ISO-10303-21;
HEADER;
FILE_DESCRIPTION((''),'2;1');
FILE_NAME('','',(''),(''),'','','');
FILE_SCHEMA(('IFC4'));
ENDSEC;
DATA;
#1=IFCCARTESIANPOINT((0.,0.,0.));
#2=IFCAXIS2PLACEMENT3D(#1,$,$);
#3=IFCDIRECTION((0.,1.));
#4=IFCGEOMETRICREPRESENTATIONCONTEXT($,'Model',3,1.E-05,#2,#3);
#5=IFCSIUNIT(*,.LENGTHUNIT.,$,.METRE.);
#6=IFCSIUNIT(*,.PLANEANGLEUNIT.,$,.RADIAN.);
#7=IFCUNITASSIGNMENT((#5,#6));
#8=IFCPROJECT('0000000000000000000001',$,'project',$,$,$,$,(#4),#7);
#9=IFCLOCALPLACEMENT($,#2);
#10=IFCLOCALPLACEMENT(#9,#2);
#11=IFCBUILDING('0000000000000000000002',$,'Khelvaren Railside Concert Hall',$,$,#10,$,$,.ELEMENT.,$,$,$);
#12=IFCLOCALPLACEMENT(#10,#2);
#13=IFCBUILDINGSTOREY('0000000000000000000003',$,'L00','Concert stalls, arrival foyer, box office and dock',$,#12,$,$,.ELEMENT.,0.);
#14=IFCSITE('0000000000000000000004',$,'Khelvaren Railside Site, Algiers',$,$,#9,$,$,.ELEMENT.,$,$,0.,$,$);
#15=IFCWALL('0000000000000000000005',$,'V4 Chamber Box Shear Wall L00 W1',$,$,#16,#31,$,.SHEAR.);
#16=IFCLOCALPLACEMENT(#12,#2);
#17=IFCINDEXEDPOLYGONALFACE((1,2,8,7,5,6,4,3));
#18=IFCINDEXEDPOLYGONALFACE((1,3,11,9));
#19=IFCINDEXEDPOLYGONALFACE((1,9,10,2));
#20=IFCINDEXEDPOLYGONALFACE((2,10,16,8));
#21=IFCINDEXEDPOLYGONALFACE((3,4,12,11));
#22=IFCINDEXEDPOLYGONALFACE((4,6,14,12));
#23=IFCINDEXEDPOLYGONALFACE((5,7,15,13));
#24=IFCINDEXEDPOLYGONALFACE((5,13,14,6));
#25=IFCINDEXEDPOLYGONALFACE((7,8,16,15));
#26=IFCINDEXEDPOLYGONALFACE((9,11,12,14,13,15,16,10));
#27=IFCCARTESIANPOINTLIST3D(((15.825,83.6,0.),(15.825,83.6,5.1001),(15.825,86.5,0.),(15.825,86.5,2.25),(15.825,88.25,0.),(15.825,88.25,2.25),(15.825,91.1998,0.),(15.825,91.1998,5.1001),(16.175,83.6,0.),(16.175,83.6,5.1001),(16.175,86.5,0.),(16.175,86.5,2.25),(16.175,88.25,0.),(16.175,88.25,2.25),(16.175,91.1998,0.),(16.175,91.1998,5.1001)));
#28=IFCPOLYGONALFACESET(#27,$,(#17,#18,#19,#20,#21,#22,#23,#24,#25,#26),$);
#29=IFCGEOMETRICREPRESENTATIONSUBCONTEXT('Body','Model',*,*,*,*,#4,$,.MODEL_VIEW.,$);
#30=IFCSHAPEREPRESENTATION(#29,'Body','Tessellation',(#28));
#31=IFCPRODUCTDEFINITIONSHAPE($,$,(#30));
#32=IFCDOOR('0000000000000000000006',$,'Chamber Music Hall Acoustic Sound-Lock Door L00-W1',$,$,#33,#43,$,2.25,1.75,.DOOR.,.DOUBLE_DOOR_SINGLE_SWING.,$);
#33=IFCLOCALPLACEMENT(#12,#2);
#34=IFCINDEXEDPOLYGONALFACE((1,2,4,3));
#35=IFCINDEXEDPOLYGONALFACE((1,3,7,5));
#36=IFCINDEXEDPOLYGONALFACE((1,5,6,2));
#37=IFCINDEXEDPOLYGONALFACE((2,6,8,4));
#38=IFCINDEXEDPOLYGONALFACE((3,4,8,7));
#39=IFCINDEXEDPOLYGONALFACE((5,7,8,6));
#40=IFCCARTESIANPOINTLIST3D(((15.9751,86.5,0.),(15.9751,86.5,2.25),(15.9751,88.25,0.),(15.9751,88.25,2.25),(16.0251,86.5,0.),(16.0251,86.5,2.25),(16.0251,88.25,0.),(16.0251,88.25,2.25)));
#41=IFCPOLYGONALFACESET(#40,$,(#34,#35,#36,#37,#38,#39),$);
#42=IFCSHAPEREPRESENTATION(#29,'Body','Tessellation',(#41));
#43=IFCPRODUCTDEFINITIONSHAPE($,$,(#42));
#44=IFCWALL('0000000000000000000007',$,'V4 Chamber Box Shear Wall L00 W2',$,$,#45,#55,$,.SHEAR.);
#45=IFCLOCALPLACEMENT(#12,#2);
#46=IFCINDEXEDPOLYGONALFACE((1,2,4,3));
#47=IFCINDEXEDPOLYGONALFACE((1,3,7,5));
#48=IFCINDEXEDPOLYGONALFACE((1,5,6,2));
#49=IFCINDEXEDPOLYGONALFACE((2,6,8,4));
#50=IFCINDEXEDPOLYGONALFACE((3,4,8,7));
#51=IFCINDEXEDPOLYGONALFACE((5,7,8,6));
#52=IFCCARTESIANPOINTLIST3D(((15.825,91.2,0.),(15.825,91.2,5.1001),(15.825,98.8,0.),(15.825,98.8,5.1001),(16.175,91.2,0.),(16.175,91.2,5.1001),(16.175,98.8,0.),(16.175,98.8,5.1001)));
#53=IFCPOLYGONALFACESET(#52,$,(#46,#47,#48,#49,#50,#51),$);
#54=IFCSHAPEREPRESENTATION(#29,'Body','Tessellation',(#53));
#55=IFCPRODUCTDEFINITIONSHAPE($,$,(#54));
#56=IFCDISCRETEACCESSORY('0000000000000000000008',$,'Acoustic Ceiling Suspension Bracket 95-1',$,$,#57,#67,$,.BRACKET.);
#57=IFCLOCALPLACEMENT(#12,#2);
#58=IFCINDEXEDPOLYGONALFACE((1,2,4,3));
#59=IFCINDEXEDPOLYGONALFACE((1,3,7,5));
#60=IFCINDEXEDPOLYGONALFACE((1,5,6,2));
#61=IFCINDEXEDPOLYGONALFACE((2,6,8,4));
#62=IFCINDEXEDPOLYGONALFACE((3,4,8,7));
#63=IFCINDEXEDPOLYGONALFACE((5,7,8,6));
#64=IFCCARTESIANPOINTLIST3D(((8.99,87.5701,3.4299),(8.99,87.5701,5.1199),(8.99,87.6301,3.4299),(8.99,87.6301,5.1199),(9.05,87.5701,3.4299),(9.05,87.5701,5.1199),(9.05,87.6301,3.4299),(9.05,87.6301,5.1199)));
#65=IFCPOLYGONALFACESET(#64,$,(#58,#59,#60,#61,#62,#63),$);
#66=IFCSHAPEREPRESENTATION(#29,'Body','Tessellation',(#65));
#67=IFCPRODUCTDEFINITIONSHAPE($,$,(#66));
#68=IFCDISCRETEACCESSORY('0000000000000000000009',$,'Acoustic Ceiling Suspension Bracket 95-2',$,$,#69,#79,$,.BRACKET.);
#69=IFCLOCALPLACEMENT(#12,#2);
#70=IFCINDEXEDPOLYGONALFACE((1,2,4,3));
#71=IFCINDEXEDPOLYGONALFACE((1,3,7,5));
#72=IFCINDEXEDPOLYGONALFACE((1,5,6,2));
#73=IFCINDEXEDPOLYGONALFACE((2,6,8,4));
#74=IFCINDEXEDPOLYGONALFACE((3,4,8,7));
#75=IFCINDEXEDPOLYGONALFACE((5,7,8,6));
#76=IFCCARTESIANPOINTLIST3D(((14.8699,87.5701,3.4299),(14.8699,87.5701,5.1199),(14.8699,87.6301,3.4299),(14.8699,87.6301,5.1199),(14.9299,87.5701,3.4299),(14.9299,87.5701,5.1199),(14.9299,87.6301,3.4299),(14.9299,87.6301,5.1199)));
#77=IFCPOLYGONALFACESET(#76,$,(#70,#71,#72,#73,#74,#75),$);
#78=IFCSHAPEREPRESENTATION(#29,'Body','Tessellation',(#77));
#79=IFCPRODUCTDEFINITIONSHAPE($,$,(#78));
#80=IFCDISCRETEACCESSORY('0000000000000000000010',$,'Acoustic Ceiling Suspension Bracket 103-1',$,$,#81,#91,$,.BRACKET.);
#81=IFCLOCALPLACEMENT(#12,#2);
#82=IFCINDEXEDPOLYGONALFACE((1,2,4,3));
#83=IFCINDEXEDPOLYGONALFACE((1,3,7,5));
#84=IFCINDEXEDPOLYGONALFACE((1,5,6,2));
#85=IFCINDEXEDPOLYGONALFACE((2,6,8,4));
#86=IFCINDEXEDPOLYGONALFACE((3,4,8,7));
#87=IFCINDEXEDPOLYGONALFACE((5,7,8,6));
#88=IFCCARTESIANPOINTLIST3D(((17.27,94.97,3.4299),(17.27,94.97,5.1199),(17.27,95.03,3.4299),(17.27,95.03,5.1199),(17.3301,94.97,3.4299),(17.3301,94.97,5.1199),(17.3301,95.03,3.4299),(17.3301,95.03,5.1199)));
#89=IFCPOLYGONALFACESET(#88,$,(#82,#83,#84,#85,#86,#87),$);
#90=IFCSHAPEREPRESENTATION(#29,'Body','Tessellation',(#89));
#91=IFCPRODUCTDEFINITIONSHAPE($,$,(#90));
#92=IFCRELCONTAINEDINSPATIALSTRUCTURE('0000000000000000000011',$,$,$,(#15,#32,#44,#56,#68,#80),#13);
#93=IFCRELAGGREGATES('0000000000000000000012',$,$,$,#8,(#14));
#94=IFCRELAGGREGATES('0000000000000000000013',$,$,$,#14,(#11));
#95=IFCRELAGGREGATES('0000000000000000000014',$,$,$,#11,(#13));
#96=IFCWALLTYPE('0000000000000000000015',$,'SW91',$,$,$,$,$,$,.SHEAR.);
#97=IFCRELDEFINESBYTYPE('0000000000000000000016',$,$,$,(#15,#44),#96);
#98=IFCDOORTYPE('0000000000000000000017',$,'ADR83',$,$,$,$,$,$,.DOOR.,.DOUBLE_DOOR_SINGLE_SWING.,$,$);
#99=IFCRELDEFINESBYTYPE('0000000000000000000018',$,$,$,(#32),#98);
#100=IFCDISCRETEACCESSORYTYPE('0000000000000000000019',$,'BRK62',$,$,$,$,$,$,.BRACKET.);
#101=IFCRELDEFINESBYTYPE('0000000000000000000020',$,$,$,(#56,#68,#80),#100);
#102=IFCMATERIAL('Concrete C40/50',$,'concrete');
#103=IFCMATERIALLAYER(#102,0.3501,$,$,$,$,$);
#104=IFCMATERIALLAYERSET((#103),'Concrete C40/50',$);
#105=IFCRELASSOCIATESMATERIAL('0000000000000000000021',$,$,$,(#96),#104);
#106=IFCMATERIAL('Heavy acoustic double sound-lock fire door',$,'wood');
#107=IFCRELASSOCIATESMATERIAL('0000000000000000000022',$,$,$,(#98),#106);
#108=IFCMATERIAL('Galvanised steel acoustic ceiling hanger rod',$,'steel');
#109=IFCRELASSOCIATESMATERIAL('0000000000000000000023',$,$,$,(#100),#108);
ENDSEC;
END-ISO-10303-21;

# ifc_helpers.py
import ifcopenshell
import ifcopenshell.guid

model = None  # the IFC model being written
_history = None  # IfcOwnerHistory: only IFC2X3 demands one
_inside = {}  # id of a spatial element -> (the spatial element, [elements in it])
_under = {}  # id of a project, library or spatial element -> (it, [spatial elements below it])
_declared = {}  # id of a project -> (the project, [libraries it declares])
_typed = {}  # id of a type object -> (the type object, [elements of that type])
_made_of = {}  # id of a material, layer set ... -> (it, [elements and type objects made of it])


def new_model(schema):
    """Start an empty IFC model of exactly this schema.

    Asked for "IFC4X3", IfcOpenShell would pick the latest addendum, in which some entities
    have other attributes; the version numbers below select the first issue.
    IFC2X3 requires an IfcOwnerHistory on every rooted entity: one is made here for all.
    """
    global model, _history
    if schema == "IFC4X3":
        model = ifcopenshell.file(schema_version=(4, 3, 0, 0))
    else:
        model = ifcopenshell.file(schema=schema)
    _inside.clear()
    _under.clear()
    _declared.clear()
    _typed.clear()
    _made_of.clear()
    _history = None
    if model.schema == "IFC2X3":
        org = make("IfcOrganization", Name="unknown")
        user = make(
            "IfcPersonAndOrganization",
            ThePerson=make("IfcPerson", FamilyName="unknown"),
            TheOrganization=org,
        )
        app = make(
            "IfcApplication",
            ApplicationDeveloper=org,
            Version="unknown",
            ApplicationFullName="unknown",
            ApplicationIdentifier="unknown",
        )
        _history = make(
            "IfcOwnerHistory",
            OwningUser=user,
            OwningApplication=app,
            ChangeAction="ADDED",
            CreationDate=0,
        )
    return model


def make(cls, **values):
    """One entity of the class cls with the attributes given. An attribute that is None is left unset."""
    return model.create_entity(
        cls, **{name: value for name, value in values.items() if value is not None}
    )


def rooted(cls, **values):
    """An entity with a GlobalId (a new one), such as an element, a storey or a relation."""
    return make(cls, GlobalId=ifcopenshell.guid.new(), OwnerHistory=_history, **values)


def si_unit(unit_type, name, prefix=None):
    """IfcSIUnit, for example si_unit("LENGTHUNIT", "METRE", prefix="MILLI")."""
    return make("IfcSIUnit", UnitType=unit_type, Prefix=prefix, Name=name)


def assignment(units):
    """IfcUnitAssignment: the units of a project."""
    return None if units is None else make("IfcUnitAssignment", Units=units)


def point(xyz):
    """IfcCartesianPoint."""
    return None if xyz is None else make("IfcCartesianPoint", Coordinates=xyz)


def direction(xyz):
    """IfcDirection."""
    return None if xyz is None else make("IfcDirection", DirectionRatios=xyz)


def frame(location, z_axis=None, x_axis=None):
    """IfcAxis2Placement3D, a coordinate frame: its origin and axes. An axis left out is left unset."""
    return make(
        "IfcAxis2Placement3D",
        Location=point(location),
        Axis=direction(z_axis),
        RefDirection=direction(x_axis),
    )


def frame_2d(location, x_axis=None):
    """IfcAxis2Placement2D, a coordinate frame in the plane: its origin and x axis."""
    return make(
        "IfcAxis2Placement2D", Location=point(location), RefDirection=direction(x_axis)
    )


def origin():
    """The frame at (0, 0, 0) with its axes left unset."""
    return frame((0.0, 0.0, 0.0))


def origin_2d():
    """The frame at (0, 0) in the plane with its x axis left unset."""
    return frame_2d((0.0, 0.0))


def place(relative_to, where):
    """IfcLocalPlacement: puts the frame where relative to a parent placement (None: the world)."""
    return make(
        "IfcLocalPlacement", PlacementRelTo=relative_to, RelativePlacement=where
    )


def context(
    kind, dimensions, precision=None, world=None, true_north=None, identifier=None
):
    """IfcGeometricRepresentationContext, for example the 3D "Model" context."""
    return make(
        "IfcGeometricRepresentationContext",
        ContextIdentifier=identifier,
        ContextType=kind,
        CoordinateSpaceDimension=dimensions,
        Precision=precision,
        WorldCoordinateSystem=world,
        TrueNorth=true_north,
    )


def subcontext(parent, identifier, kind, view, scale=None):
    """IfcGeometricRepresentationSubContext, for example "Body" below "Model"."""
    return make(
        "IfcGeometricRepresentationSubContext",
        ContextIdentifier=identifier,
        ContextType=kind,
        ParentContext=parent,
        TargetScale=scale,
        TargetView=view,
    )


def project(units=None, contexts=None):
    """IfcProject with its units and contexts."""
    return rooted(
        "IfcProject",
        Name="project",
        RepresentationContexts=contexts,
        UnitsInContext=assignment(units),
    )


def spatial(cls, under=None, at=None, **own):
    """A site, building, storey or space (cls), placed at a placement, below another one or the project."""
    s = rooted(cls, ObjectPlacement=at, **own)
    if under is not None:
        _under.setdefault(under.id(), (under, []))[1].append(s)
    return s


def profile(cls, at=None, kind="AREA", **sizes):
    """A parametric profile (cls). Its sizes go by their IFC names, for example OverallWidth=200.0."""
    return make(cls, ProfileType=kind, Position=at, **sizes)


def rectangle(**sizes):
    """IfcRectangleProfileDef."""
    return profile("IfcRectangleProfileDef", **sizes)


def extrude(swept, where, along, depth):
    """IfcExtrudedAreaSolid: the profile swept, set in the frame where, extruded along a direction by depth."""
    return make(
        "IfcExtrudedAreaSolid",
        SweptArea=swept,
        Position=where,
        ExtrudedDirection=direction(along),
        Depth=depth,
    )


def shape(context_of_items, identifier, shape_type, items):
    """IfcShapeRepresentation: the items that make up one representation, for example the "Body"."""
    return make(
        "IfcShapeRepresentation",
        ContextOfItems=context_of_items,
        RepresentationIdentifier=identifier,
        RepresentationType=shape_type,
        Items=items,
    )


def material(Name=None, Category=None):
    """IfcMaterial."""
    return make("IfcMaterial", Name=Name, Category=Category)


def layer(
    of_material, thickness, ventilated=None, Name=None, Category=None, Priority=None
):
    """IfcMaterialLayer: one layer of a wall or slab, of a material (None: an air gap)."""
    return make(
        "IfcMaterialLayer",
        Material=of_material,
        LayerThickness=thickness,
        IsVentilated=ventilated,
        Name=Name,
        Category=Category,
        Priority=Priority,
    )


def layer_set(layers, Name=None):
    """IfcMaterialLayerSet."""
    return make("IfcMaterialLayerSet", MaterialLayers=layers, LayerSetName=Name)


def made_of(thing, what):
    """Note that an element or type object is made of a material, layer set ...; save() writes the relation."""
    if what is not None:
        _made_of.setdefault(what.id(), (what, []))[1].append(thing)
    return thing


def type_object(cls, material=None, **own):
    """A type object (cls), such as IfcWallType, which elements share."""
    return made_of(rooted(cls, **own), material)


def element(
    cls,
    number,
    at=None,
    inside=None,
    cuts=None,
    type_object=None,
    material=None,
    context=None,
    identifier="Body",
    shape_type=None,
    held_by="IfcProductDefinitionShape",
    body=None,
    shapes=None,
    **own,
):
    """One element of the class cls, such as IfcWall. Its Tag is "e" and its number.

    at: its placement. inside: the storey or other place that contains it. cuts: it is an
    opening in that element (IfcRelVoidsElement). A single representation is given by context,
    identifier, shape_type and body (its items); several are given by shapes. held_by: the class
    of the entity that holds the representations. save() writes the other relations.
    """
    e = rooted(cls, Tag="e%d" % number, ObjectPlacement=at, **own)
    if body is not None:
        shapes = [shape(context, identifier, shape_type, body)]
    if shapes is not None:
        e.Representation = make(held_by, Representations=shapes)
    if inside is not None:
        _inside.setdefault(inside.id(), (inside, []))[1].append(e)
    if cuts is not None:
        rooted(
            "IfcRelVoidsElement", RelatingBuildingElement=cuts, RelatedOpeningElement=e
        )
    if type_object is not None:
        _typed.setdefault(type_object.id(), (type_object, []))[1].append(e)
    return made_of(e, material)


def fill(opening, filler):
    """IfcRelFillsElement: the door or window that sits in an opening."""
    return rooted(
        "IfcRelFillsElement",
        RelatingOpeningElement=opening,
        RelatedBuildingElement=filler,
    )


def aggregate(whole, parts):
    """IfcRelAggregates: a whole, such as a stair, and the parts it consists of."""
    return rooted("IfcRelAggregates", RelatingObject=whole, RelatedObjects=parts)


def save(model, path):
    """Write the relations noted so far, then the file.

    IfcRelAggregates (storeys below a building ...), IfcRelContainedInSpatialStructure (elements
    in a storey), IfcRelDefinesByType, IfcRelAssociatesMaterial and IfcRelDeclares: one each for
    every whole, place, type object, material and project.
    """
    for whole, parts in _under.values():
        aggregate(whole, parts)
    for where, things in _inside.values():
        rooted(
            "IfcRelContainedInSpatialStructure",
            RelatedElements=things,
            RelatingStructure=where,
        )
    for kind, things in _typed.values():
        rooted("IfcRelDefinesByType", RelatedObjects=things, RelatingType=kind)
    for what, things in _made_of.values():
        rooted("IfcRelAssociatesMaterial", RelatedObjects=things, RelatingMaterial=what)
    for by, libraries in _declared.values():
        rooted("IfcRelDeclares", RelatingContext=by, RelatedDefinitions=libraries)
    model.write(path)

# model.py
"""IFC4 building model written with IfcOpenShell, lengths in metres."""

from ifc_helpers import new_model, si_unit, direction, frame, frame_2d, origin, origin_2d, place, context, subcontext, project, spatial, rectangle, extrude, material, layer, layer_set, type_object, element, fill, save


model = new_model("IFC4")

# Units and contexts
model_context = context("Model", 3, precision=1e-05, world=origin(), true_north=direction((0.0, 1.0)))
body_context = subcontext(model_context, "Body", "Model", "MODEL_VIEW")
ifc_project = project(units=[si_unit("LENGTHUNIT", "METRE"), si_unit("PLANEANGLEUNIT", "RADIAN")], contexts=[model_context])

# Site, building, storey
site_placement = place(None, origin())
site = spatial("IfcSite", under=ifc_project, at=site_placement, Name="Khelvaren Railside Site, Algiers", CompositionType="ELEMENT", RefElevation=0.0)
building_placement = place(site_placement, origin())
building = spatial("IfcBuilding", under=site, at=building_placement, Name="Khelvaren Railside Concert Hall", CompositionType="ELEMENT")
storey_placement = place(building_placement, origin())
storey = spatial("IfcBuildingStorey", under=building, at=storey_placement, Name="L00", Description="Concert stalls, arrival foyer, box office and dock", CompositionType="ELEMENT", Elevation=0.0)

# Shared definitions
ifc_material_1 = material(Name="Concrete C40/50", Category="concrete")

# Wall, opening, door
ifc_layer_1 = layer(ifc_material_1, 0.3501)
ifc_layer_set_1 = layer_set([ifc_layer_1], Name="Concrete C40/50")
wall_type_1 = type_object("IfcWallType", Name="SW91", PredefinedType="SHEAR", material=ifc_layer_set_1)
ifc_material_2 = material(Name="Heavy acoustic double sound-lock fire door", Category="wood")
door_type_1 = type_object("IfcDoorType", Name="ADR83", OperationType="DOUBLE_DOOR_SINGLE_SWING", PredefinedType="DOOR", material=ifc_material_2)
wall_1_placement = place(storey_placement, frame((16.0, 83.6001, 0.0), z_axis=(0.0, 0.0, 1.0), x_axis=(0.0, 1.0, 0.0)))
wall_1 = element("IfcWall", 1, at=wall_1_placement, inside=storey, type_object=wall_type_1, Name="V4 Chamber Box Shear Wall L00 W1", PredefinedType="SHEAR", context=body_context, shape_type="SweptSolid", body=[
    extrude(rectangle(XDim=7.5999, YDim=0.3501, at=frame_2d((3.7998, 0.0))), origin(), (0.0, 0.0, 1.0), 5.1001),
])
opening_1_placement = place(wall_1_placement, frame((2.8999, 0.0, 0.0)))
opening_1 = element("IfcOpeningElement", 2, at=opening_1_placement, cuts=wall_1, PredefinedType="OPENING", context=body_context, shape_type="SweptSolid", body=[
    extrude(rectangle(XDim=1.75, YDim=2.25, at=frame_2d((0.875, 1.125))), frame((0.0, 0.1851, 0.0), z_axis=(0.0, -1.0, 0.0), x_axis=(1.0, 0.0, 0.0)), (0.0, 0.0, 1.0), 0.3701),
])
door_1_placement = place(opening_1_placement, origin())
door_1 = element("IfcDoor", 3, at=door_1_placement, inside=storey, type_object=door_type_1, Name="Chamber Music Hall Acoustic Sound-Lock Door L00-W1", OperationType="DOUBLE_DOOR_SINGLE_SWING", OverallHeight=2.25, OverallWidth=1.75, PredefinedType="DOOR", context=body_context, shape_type="SweptSolid", body=[
    extrude(rectangle(XDim=1.75, YDim=2.25, at=frame_2d((0.875, 1.125))), frame((0.0, 0.0249, 0.0), z_axis=(0.0, -1.0, 0.0), x_axis=(1.0, 0.0, 0.0)), (0.0, 0.0, 1.0), 0.05),
])
fill(opening_1, door_1)

# Wall
wall_2_placement = place(storey_placement, frame((16.0, 91.2, 0.0), z_axis=(0.0, 0.0, 1.0), x_axis=(0.0, 1.0, 0.0)))
element("IfcWall", 4, at=wall_2_placement, inside=storey, type_object=wall_type_1, Name="V4 Chamber Box Shear Wall L00 W2", PredefinedType="SHEAR", context=body_context, shape_type="SweptSolid", body=[
    extrude(rectangle(XDim=7.6001, YDim=0.3501, at=frame_2d((3.8, 0.0))), origin(), (0.0, 0.0, 1.0), 5.1001),
])

# Discrete accessories
ifc_material_3 = material(Name="Galvanised steel acoustic ceiling hanger rod", Category="steel")
discrete_accessory_type = type_object("IfcDiscreteAccessoryType", Name="BRK62", PredefinedType="BRACKET", material=ifc_material_3)
for number, where, z_axis, x_axis, name in (
    (5, (9.02, 87.6001, 3.4299), (0.0, 0.0, 1.0), (1.0, 0.0, 0.0), "Acoustic Ceiling Suspension Bracket 95-1"),
    (6, (14.8999, 87.6001, 3.4299), (0.0, 0.0, 1.0), (1.0, 0.0, 0.0), "Acoustic Ceiling Suspension Bracket 95-2"),
    (7, (17.3, 95.0, 3.4299), (0.0, 0.0, 1.0), (1.0, 0.0, 0.0), "Acoustic Ceiling Suspension Bracket 103-1"),
):
    element("IfcDiscreteAccessory", number, at=place(storey_placement, frame(where, z_axis=z_axis, x_axis=x_axis)), inside=storey, type_object=discrete_accessory_type, Name=name, PredefinedType="BRACKET", context=body_context, shape_type="SweptSolid", body=[
        extrude(rectangle(XDim=0.0601, YDim=0.0601, at=origin_2d()), origin(), (0.0, 0.0, 1.0), 1.6899),
    ])

save(model, "model.ifc")
